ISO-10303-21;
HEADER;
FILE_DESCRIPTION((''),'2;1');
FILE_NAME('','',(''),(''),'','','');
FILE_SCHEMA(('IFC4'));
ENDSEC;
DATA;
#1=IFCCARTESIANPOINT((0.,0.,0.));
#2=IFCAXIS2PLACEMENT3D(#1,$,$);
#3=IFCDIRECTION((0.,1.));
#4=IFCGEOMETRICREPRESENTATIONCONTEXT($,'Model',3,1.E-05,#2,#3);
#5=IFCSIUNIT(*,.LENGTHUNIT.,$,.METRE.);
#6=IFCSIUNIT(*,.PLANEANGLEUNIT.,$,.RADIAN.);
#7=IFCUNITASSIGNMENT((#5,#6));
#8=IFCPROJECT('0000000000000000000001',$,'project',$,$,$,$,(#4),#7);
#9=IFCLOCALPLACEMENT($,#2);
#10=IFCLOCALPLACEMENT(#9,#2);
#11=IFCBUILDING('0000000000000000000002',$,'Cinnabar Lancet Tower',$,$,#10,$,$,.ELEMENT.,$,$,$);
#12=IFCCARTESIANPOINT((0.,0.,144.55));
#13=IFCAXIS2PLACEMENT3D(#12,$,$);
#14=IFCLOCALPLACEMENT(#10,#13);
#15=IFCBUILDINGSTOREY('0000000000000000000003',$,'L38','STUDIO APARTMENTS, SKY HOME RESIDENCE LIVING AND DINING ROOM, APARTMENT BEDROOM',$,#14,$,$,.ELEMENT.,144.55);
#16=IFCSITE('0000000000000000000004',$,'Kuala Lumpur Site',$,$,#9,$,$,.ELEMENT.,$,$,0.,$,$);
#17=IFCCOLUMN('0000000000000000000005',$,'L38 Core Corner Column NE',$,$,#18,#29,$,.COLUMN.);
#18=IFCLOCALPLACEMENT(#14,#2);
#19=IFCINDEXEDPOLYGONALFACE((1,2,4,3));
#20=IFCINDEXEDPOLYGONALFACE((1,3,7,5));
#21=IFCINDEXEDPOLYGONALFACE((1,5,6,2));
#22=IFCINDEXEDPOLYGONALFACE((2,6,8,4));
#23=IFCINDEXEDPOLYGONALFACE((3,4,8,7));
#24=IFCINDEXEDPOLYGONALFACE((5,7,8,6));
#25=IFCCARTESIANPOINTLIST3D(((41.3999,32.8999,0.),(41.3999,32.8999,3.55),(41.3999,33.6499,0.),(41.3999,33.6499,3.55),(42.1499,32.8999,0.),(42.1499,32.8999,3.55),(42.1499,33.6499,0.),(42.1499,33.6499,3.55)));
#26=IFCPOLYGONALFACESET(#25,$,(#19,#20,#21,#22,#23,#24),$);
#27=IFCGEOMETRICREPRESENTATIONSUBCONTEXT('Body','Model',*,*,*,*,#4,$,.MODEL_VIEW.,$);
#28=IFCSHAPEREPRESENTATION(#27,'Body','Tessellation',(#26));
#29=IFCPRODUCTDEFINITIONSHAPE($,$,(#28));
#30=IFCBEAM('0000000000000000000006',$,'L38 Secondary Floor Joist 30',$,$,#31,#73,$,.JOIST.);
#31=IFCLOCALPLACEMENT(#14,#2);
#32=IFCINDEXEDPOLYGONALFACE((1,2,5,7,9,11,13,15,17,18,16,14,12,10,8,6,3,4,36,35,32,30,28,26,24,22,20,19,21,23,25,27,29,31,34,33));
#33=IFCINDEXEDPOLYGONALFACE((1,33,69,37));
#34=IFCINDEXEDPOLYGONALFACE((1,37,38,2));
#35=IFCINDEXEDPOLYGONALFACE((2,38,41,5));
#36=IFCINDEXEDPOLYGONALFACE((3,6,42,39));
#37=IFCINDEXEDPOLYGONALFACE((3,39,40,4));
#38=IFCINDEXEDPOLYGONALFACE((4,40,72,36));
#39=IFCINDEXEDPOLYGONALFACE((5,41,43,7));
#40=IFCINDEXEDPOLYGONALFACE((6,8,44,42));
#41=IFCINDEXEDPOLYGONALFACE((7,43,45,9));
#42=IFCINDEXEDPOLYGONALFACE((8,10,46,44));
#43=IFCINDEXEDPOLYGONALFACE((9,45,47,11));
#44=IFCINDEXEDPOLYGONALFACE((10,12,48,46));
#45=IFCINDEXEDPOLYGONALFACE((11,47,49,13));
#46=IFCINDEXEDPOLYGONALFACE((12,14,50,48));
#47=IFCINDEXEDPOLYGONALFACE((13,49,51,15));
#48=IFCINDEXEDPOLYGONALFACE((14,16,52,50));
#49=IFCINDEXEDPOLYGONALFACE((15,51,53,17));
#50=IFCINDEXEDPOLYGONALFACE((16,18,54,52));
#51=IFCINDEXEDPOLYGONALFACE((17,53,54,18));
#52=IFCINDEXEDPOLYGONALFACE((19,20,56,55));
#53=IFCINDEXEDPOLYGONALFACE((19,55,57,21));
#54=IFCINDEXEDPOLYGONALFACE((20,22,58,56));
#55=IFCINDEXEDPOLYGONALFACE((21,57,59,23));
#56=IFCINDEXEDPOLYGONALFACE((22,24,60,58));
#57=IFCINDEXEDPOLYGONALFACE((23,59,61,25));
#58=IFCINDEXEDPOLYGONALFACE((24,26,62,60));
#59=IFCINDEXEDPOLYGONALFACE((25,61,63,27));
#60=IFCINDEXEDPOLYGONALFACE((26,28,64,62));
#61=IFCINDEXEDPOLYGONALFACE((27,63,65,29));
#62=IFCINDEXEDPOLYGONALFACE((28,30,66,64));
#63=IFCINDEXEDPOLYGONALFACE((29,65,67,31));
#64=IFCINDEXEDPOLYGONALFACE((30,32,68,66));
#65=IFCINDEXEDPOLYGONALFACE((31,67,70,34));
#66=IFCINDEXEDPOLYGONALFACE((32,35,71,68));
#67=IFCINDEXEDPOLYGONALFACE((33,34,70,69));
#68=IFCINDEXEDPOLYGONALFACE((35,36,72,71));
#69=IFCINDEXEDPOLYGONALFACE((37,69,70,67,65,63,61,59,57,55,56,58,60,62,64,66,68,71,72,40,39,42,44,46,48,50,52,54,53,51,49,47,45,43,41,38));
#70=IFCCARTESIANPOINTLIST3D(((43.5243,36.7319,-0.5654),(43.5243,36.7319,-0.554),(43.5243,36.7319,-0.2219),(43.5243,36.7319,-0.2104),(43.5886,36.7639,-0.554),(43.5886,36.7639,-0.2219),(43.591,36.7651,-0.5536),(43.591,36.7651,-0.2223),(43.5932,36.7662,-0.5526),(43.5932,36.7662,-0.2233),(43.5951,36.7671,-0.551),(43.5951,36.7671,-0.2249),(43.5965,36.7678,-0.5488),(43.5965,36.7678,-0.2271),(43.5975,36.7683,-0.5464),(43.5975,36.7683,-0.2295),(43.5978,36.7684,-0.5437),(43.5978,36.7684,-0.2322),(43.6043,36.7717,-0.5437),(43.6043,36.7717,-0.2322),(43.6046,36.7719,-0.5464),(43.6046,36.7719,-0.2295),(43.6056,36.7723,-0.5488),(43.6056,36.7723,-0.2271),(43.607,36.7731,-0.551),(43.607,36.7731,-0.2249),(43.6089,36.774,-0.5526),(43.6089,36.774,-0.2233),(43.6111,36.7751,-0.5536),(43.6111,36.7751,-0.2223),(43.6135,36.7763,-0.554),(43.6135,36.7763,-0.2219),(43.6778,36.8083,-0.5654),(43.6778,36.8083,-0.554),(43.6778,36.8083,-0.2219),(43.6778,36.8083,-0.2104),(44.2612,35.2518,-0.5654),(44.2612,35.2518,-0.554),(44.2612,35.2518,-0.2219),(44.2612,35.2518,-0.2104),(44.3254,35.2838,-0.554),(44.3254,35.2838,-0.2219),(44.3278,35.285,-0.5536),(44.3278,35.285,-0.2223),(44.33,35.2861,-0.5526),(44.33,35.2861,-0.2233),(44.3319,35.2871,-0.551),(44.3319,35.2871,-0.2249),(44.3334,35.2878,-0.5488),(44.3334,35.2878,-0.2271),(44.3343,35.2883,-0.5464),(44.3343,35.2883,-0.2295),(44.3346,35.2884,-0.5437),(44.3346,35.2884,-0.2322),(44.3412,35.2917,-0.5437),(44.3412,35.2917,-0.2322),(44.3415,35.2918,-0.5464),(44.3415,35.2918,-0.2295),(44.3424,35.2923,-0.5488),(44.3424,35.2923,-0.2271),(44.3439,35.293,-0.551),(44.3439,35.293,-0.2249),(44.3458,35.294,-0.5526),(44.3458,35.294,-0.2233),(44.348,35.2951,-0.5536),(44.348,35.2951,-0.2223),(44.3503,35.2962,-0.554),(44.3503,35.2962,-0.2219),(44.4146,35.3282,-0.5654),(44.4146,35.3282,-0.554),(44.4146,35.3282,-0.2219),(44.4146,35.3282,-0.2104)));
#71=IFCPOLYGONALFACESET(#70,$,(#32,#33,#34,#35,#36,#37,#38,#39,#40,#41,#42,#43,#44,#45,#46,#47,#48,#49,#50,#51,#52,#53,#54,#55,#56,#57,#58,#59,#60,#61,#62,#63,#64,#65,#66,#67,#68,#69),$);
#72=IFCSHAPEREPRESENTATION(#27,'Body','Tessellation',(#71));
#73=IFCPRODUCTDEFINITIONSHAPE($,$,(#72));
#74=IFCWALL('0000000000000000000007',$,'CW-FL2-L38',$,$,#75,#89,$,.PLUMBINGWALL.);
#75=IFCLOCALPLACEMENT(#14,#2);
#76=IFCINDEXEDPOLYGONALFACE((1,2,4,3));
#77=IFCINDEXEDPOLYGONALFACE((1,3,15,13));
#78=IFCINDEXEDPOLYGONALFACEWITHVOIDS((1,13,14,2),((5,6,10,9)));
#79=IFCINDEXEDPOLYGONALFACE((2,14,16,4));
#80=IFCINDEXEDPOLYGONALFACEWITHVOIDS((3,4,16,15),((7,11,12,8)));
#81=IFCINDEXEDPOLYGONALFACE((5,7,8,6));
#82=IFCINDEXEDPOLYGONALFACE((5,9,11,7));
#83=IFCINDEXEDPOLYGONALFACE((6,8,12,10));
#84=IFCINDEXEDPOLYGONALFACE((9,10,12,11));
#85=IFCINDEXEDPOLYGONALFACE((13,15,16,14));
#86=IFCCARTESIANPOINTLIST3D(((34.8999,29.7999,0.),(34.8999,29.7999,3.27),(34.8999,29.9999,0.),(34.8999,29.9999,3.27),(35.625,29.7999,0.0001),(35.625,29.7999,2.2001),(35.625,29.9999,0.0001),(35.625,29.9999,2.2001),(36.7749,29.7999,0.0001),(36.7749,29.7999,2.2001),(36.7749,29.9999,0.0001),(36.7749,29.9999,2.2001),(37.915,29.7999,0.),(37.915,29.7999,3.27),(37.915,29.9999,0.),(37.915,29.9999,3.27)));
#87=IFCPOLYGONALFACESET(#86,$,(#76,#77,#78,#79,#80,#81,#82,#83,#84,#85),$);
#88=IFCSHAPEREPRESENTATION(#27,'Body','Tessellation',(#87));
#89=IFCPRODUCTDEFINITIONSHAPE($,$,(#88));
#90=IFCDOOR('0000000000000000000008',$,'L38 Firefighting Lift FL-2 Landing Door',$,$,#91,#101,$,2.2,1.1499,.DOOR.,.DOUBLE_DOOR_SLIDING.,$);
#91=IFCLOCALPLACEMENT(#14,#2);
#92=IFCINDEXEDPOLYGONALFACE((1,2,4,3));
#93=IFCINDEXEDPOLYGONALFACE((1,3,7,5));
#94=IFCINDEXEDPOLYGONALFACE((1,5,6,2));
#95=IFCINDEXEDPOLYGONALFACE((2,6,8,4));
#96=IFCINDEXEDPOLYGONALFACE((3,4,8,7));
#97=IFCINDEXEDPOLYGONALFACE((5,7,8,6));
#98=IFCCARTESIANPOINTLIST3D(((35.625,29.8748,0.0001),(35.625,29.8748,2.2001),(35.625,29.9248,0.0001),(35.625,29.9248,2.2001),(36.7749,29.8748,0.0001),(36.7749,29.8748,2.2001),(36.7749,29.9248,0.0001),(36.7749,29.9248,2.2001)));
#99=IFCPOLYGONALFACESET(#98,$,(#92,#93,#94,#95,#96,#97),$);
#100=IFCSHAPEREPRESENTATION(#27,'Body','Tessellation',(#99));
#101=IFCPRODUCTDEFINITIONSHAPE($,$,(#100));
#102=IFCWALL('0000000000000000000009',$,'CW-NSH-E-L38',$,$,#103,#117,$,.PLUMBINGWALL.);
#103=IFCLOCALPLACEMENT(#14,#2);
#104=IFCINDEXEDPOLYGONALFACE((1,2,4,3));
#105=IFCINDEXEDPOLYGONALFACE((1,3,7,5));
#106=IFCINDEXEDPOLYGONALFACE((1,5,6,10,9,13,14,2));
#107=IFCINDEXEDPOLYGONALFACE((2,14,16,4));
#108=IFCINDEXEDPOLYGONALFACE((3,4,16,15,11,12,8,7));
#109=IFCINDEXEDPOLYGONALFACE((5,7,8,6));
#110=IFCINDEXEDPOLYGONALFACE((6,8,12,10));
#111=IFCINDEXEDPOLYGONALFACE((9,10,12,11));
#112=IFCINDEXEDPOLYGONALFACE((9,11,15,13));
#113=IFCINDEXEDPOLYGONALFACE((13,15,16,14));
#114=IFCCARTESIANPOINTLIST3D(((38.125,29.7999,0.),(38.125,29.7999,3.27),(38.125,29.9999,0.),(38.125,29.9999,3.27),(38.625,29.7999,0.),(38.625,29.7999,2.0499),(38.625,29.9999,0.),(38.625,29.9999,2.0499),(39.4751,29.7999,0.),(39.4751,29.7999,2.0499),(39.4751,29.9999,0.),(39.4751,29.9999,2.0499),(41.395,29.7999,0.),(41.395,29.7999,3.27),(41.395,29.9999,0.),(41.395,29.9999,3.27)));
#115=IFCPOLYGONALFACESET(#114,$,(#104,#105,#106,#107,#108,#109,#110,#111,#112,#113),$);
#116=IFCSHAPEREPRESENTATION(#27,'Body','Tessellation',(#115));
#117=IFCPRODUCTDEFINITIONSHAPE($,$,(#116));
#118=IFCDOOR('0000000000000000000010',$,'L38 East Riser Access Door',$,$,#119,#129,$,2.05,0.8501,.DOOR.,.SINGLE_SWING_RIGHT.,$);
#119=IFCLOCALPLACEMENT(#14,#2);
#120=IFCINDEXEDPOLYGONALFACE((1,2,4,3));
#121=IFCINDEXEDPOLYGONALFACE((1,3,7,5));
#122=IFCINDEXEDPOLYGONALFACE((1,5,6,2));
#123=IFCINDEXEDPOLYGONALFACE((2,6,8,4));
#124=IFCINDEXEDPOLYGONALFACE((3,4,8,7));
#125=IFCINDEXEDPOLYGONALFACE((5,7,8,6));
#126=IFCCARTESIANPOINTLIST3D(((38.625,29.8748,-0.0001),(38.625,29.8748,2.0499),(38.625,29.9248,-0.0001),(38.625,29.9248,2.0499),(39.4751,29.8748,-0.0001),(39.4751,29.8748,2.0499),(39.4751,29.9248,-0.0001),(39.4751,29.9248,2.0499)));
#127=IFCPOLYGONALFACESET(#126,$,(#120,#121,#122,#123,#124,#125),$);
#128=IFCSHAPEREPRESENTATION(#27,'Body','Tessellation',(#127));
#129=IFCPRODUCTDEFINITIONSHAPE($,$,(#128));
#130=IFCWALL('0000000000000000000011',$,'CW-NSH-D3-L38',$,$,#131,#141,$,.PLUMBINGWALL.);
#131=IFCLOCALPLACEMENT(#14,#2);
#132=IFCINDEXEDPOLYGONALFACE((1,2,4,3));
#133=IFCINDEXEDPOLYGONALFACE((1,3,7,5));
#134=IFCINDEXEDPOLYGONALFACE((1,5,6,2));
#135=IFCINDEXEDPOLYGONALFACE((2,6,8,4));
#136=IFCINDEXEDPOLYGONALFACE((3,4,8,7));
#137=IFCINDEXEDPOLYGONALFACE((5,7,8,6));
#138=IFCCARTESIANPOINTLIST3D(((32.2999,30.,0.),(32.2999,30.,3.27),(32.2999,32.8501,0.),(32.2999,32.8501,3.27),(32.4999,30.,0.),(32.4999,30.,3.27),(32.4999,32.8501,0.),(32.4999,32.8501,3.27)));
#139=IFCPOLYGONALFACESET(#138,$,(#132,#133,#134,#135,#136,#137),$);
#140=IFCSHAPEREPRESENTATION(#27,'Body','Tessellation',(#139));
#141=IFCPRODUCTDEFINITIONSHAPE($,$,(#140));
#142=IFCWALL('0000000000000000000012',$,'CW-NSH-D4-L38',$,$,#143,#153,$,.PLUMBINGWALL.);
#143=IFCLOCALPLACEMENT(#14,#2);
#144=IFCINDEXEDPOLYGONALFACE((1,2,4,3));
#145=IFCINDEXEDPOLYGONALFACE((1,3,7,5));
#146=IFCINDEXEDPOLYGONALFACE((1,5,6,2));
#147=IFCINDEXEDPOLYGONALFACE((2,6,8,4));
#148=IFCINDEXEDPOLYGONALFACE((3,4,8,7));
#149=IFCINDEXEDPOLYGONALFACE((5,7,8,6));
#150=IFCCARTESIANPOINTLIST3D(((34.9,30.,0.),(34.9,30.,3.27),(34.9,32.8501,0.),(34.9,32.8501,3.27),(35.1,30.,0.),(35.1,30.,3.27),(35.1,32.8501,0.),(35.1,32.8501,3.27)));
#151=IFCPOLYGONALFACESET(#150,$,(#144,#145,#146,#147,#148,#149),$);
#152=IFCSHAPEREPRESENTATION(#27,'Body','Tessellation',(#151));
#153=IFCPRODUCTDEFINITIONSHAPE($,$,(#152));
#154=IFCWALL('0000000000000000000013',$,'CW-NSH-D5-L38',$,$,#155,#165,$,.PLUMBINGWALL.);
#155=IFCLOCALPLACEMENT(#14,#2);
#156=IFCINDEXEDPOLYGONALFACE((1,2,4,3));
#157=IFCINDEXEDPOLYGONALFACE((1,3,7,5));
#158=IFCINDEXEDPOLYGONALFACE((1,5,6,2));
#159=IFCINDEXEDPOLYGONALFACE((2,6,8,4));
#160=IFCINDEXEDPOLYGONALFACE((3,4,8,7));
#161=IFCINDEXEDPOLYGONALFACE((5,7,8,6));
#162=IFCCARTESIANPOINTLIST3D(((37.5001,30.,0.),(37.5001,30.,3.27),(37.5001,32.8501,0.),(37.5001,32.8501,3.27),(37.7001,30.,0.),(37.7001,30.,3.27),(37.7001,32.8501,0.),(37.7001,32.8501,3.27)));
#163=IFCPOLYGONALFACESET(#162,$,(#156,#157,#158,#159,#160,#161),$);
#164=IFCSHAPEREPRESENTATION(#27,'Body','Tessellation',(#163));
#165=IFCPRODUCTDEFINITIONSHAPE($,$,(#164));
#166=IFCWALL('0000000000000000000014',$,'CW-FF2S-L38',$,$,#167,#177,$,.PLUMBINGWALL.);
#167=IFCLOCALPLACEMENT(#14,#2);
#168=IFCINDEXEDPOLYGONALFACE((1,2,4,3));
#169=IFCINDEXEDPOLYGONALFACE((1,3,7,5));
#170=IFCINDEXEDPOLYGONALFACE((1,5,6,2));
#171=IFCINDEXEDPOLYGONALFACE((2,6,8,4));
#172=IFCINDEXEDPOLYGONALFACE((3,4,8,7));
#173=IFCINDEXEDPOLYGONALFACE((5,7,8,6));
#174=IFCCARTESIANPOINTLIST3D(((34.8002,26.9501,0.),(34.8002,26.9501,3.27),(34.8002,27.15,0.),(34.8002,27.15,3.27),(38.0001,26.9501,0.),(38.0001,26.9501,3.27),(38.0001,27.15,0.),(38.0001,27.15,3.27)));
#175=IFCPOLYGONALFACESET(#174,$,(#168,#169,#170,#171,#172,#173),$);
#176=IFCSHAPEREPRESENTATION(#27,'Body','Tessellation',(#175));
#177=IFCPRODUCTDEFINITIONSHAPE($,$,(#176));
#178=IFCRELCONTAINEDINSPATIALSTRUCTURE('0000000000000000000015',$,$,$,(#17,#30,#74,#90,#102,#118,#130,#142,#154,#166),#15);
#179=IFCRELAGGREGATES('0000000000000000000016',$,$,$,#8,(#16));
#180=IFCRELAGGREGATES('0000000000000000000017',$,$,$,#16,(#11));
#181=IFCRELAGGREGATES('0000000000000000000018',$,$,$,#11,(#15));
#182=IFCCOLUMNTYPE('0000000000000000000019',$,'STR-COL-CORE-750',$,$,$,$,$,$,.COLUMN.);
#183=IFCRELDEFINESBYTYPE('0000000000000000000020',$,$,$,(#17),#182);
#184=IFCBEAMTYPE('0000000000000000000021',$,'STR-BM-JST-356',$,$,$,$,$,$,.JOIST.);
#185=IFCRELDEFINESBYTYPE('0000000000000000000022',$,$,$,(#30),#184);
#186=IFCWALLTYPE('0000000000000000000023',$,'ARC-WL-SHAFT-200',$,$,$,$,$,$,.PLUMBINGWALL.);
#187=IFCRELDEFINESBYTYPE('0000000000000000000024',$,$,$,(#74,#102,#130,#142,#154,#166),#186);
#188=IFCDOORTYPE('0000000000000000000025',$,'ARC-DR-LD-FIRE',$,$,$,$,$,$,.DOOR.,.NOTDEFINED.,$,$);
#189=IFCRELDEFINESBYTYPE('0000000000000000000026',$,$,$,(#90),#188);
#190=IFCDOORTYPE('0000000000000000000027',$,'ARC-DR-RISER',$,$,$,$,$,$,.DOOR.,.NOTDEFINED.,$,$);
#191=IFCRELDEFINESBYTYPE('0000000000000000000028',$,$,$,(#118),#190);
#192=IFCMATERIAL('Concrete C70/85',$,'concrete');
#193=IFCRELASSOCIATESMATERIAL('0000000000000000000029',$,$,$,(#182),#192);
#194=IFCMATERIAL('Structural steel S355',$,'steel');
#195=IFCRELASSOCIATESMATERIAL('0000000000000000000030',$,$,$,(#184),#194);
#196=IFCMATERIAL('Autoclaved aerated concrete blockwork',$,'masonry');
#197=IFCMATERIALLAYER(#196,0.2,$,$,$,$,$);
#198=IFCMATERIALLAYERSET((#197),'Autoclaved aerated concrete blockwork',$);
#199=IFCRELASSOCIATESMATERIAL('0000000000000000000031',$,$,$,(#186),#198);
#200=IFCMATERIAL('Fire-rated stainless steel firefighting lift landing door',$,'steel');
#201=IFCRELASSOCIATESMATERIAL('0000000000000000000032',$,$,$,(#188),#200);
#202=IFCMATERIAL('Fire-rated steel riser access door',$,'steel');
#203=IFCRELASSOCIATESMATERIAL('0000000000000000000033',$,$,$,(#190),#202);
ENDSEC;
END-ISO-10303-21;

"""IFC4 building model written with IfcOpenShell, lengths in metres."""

from ifc_helpers import new_model, si_unit, direction, frame, frame_2d, origin, origin_2d, place, context, subcontext, project, spatial, rectangle, i_section, extrude, material, layer, layer_set, material_profile, profile_set, type_object, element, fill, save


model = new_model("IFC4")

# Units and contexts
model_context = context("Model", 3, precision=1e-05, world=origin(), true_north=direction((0.0, 1.0)))
body_context = subcontext(model_context, "Body", "Model", "MODEL_VIEW")
ifc_project = project(units=[si_unit("LENGTHUNIT", "METRE"), si_unit("PLANEANGLEUNIT", "RADIAN")], contexts=[model_context])

# Site, building, storey
site_placement = place(None, origin())
site = spatial("IfcSite", under=ifc_project, at=site_placement, Name="Kuala Lumpur Site", CompositionType="ELEMENT", RefElevation=0.0)
building_placement = place(site_placement, origin())
building = spatial("IfcBuilding", under=site, at=building_placement, Name="Cinnabar Lancet Tower", CompositionType="ELEMENT")
storey_placement = place(building_placement, frame((0.0, 0.0, 144.55)))
storey = spatial("IfcBuildingStorey", under=building, at=storey_placement, Name="L38", Description="STUDIO APARTMENTS, SKY HOME RESIDENCE LIVING AND DINING ROOM, APARTMENT BEDROOM", CompositionType="ELEMENT", Elevation=144.55)

# Column
ifc_material_1 = material(Name="Concrete C70/85", Category="concrete")
ifc_material_profile_1 = material_profile(ifc_material_1, rectangle(XDim=0.75, YDim=0.75, at=origin_2d()), Name="RC-COL 750x750")
ifc_profile_set_1 = profile_set([ifc_material_profile_1], Name="Concrete C70/85")
column_type = type_object("IfcColumnType", Name="STR-COL-CORE-750", PredefinedType="COLUMN", material=ifc_profile_set_1)
column_placement = place(storey_placement, frame((41.7749, 33.2749, 0.0), z_axis=(0.0, 0.0, 1.0), x_axis=(1.0, 0.0, 0.0)))
element("IfcColumn", 1, at=column_placement, inside=storey, type_object=column_type, Name="L38 Core Corner Column NE", PredefinedType="COLUMN", context=body_context, shape_type="SweptSolid", body=[
    extrude(rectangle(XDim=0.75, YDim=0.75, at=origin_2d()), origin(), (0.0, 0.0, 1.0), 3.55),
])

# Beam
ifc_material_2 = material(Name="Structural steel S355", Category="steel")
ifc_material_profile_2 = material_profile(ifc_material_2, i_section(OverallWidth=0.1714, OverallDepth=0.355, WebThickness=0.0073, FlangeThickness=0.0115, FilletRadius=0.0103, at=origin_2d()), Name="UKB 356x171x51")
ifc_profile_set_2 = profile_set([ifc_material_profile_2], Name="Structural steel S355")
beam_type = type_object("IfcBeamType", Name="STR-BM-JST-356", PredefinedType="JOIST", material=ifc_profile_set_2)
beam_placement = place(storey_placement, frame((44.3379, 35.29, -0.3879), z_axis=(-0.445677, 0.895194, 0.0), x_axis=(-0.895194, -0.445677, 0.0)))
element("IfcBeam", 2, at=beam_placement, inside=storey, type_object=beam_type, Name="L38 Secondary Floor Joist 30", PredefinedType="JOIST", context=body_context, shape_type="SweptSolid", body=[
    extrude(i_section(OverallWidth=0.1714, OverallDepth=0.355, WebThickness=0.0073, FlangeThickness=0.0115, FilletRadius=0.0103, at=origin_2d()), origin(), (0.0, 0.0, 1.0), 1.6533),
])

# Walls, openings, doors
ifc_material_3 = material(Name="Autoclaved aerated concrete blockwork", Category="masonry")
ifc_layer_1 = layer(ifc_material_3, 0.2)
ifc_layer_set_1 = layer_set([ifc_layer_1], Name="Autoclaved aerated concrete blockwork")
wall_type_1 = type_object("IfcWallType", Name="ARC-WL-SHAFT-200", PredefinedType="PLUMBINGWALL", material=ifc_layer_set_1)
wall_1_placement = place(storey_placement, frame((34.8999, 29.8999, 0.0), z_axis=(0.0, 0.0, 1.0), x_axis=(1.0, 0.0, 0.0)))
wall_1 = element("IfcWall", 3, at=wall_1_placement, inside=storey, type_object=wall_type_1, Name="CW-FL2-L38", PredefinedType="PLUMBINGWALL", context=body_context, shape_type="SweptSolid", body=[
    extrude(rectangle(XDim=3.0151, YDim=0.2, at=frame_2d((1.5076, 0.0))), origin(), (0.0, 0.0, 1.0), 3.27),
])
opening_1_placement = place(wall_1_placement, frame((0.7251, 0.0, 0.0)))
opening_1 = element("IfcOpeningElement", 4, at=opening_1_placement, cuts=wall_1, PredefinedType="OPENING", context=body_context, shape_type="SweptSolid", body=[
    extrude(rectangle(XDim=1.1499, YDim=2.2, at=frame_2d((0.575, 1.1001))), frame((0.0, 0.1099, 0.0), z_axis=(0.0, -1.0, 0.0), x_axis=(1.0, 0.0, 0.0)), (0.0, 0.0, 1.0), 0.22),
])
ifc_material_4 = material(Name="Fire-rated stainless steel firefighting lift landing door", Category="steel")
door_type_1 = type_object("IfcDoorType", Name="ARC-DR-LD-FIRE", OperationType="NOTDEFINED", PredefinedType="DOOR", material=ifc_material_4)
door_1_placement = place(opening_1_placement, origin())
door_1 = element("IfcDoor", 5, at=door_1_placement, inside=storey, type_object=door_type_1, Name="L38 Firefighting Lift FL-2 Landing Door", OperationType="DOUBLE_DOOR_SLIDING", OverallHeight=2.2, OverallWidth=1.1499, PredefinedType="DOOR", context=body_context, shape_type="SweptSolid", body=[
    extrude(rectangle(XDim=1.1499, YDim=2.2, at=frame_2d((0.575, 1.1001))), frame((0.0, 0.0249, 0.0), z_axis=(0.0, -1.0, 0.0), x_axis=(1.0, 0.0, 0.0)), (0.0, 0.0, 1.0), 0.05),
])
fill(opening_1, door_1)
wall_2_placement = place(storey_placement, frame((38.125, 29.8999, 0.0), z_axis=(0.0, 0.0, 1.0), x_axis=(1.0, 0.0, 0.0)))
wall_2 = element("IfcWall", 6, at=wall_2_placement, inside=storey, type_object=wall_type_1, Name="CW-NSH-E-L38", PredefinedType="PLUMBINGWALL", context=body_context, shape_type="SweptSolid", body=[
    extrude(rectangle(XDim=3.27, YDim=0.2, at=frame_2d((1.635, 0.0))), origin(), (0.0, 0.0, 1.0), 3.27),
])
opening_2_placement = place(wall_2_placement, frame((0.5, 0.0, 0.0)))
opening_2 = element("IfcOpeningElement", 7, at=opening_2_placement, cuts=wall_2, PredefinedType="OPENING", context=body_context, shape_type="SweptSolid", body=[
    extrude(rectangle(XDim=0.8501, YDim=2.05, at=frame_2d((0.425, 1.0249))), frame((0.0, 0.1099, 0.0), z_axis=(0.0, -1.0, 0.0), x_axis=(1.0, 0.0, 0.0)), (0.0, 0.0, 1.0), 0.22),
])
ifc_material_5 = material(Name="Fire-rated steel riser access door", Category="steel")
door_type_2 = type_object("IfcDoorType", Name="ARC-DR-RISER", OperationType="NOTDEFINED", PredefinedType="DOOR", material=ifc_material_5)
door_2_placement = place(opening_2_placement, origin())
door_2 = element("IfcDoor", 8, at=door_2_placement, inside=storey, type_object=door_type_2, Name="L38 East Riser Access Door", OperationType="SINGLE_SWING_RIGHT", OverallHeight=2.05, OverallWidth=0.8501, PredefinedType="DOOR", context=body_context, shape_type="SweptSolid", body=[
    extrude(rectangle(XDim=0.8501, YDim=2.05, at=frame_2d((0.425, 1.0249))), frame((0.0, 0.0249, 0.0), z_axis=(0.0, -1.0, 0.0), x_axis=(1.0, 0.0, 0.0)), (0.0, 0.0, 1.0), 0.05),
])
fill(opening_2, door_2)

# Walls
for number, where, z_axis, x_axis, name in (
    (9, (32.3999, 30.0, 0.0), (0.0, 0.0, 1.0), (0.0, 1.0, 0.0), "CW-NSH-D3-L38"),
    (10, (35.0, 30.0, 0.0), (0.0, 0.0, 1.0), (0.0, 1.0, 0.0), "CW-NSH-D4-L38"),
    (11, (37.6001, 30.0, 0.0), (0.0, 0.0, 1.0), (0.0, 1.0, 0.0), "CW-NSH-D5-L38"),
):
    element("IfcWall", number, at=place(storey_placement, frame(where, z_axis=z_axis, x_axis=x_axis)), inside=storey, type_object=wall_type_1, Name=name, PredefinedType="PLUMBINGWALL", context=body_context, shape_type="SweptSolid", body=[
        extrude(rectangle(XDim=2.8501, YDim=0.2, at=frame_2d((1.425, 0.0))), origin(), (0.0, 0.0, 1.0), 3.27),
    ])

# Wall
wall_3_placement = place(storey_placement, frame((34.8, 27.05, 0.0), z_axis=(0.0, 0.0, 1.0), x_axis=(1.0, 0.0, 0.0)))
element("IfcWall", 12, at=wall_3_placement, inside=storey, type_object=wall_type_1, Name="CW-FF2S-L38", PredefinedType="PLUMBINGWALL", context=body_context, shape_type="SweptSolid", body=[
    extrude(rectangle(XDim=3.2, YDim=0.2, at=frame_2d((1.6001, 0.0))), origin(), (0.0, 0.0, 1.0), 3.27),
])

save(model, "model.ifc")
